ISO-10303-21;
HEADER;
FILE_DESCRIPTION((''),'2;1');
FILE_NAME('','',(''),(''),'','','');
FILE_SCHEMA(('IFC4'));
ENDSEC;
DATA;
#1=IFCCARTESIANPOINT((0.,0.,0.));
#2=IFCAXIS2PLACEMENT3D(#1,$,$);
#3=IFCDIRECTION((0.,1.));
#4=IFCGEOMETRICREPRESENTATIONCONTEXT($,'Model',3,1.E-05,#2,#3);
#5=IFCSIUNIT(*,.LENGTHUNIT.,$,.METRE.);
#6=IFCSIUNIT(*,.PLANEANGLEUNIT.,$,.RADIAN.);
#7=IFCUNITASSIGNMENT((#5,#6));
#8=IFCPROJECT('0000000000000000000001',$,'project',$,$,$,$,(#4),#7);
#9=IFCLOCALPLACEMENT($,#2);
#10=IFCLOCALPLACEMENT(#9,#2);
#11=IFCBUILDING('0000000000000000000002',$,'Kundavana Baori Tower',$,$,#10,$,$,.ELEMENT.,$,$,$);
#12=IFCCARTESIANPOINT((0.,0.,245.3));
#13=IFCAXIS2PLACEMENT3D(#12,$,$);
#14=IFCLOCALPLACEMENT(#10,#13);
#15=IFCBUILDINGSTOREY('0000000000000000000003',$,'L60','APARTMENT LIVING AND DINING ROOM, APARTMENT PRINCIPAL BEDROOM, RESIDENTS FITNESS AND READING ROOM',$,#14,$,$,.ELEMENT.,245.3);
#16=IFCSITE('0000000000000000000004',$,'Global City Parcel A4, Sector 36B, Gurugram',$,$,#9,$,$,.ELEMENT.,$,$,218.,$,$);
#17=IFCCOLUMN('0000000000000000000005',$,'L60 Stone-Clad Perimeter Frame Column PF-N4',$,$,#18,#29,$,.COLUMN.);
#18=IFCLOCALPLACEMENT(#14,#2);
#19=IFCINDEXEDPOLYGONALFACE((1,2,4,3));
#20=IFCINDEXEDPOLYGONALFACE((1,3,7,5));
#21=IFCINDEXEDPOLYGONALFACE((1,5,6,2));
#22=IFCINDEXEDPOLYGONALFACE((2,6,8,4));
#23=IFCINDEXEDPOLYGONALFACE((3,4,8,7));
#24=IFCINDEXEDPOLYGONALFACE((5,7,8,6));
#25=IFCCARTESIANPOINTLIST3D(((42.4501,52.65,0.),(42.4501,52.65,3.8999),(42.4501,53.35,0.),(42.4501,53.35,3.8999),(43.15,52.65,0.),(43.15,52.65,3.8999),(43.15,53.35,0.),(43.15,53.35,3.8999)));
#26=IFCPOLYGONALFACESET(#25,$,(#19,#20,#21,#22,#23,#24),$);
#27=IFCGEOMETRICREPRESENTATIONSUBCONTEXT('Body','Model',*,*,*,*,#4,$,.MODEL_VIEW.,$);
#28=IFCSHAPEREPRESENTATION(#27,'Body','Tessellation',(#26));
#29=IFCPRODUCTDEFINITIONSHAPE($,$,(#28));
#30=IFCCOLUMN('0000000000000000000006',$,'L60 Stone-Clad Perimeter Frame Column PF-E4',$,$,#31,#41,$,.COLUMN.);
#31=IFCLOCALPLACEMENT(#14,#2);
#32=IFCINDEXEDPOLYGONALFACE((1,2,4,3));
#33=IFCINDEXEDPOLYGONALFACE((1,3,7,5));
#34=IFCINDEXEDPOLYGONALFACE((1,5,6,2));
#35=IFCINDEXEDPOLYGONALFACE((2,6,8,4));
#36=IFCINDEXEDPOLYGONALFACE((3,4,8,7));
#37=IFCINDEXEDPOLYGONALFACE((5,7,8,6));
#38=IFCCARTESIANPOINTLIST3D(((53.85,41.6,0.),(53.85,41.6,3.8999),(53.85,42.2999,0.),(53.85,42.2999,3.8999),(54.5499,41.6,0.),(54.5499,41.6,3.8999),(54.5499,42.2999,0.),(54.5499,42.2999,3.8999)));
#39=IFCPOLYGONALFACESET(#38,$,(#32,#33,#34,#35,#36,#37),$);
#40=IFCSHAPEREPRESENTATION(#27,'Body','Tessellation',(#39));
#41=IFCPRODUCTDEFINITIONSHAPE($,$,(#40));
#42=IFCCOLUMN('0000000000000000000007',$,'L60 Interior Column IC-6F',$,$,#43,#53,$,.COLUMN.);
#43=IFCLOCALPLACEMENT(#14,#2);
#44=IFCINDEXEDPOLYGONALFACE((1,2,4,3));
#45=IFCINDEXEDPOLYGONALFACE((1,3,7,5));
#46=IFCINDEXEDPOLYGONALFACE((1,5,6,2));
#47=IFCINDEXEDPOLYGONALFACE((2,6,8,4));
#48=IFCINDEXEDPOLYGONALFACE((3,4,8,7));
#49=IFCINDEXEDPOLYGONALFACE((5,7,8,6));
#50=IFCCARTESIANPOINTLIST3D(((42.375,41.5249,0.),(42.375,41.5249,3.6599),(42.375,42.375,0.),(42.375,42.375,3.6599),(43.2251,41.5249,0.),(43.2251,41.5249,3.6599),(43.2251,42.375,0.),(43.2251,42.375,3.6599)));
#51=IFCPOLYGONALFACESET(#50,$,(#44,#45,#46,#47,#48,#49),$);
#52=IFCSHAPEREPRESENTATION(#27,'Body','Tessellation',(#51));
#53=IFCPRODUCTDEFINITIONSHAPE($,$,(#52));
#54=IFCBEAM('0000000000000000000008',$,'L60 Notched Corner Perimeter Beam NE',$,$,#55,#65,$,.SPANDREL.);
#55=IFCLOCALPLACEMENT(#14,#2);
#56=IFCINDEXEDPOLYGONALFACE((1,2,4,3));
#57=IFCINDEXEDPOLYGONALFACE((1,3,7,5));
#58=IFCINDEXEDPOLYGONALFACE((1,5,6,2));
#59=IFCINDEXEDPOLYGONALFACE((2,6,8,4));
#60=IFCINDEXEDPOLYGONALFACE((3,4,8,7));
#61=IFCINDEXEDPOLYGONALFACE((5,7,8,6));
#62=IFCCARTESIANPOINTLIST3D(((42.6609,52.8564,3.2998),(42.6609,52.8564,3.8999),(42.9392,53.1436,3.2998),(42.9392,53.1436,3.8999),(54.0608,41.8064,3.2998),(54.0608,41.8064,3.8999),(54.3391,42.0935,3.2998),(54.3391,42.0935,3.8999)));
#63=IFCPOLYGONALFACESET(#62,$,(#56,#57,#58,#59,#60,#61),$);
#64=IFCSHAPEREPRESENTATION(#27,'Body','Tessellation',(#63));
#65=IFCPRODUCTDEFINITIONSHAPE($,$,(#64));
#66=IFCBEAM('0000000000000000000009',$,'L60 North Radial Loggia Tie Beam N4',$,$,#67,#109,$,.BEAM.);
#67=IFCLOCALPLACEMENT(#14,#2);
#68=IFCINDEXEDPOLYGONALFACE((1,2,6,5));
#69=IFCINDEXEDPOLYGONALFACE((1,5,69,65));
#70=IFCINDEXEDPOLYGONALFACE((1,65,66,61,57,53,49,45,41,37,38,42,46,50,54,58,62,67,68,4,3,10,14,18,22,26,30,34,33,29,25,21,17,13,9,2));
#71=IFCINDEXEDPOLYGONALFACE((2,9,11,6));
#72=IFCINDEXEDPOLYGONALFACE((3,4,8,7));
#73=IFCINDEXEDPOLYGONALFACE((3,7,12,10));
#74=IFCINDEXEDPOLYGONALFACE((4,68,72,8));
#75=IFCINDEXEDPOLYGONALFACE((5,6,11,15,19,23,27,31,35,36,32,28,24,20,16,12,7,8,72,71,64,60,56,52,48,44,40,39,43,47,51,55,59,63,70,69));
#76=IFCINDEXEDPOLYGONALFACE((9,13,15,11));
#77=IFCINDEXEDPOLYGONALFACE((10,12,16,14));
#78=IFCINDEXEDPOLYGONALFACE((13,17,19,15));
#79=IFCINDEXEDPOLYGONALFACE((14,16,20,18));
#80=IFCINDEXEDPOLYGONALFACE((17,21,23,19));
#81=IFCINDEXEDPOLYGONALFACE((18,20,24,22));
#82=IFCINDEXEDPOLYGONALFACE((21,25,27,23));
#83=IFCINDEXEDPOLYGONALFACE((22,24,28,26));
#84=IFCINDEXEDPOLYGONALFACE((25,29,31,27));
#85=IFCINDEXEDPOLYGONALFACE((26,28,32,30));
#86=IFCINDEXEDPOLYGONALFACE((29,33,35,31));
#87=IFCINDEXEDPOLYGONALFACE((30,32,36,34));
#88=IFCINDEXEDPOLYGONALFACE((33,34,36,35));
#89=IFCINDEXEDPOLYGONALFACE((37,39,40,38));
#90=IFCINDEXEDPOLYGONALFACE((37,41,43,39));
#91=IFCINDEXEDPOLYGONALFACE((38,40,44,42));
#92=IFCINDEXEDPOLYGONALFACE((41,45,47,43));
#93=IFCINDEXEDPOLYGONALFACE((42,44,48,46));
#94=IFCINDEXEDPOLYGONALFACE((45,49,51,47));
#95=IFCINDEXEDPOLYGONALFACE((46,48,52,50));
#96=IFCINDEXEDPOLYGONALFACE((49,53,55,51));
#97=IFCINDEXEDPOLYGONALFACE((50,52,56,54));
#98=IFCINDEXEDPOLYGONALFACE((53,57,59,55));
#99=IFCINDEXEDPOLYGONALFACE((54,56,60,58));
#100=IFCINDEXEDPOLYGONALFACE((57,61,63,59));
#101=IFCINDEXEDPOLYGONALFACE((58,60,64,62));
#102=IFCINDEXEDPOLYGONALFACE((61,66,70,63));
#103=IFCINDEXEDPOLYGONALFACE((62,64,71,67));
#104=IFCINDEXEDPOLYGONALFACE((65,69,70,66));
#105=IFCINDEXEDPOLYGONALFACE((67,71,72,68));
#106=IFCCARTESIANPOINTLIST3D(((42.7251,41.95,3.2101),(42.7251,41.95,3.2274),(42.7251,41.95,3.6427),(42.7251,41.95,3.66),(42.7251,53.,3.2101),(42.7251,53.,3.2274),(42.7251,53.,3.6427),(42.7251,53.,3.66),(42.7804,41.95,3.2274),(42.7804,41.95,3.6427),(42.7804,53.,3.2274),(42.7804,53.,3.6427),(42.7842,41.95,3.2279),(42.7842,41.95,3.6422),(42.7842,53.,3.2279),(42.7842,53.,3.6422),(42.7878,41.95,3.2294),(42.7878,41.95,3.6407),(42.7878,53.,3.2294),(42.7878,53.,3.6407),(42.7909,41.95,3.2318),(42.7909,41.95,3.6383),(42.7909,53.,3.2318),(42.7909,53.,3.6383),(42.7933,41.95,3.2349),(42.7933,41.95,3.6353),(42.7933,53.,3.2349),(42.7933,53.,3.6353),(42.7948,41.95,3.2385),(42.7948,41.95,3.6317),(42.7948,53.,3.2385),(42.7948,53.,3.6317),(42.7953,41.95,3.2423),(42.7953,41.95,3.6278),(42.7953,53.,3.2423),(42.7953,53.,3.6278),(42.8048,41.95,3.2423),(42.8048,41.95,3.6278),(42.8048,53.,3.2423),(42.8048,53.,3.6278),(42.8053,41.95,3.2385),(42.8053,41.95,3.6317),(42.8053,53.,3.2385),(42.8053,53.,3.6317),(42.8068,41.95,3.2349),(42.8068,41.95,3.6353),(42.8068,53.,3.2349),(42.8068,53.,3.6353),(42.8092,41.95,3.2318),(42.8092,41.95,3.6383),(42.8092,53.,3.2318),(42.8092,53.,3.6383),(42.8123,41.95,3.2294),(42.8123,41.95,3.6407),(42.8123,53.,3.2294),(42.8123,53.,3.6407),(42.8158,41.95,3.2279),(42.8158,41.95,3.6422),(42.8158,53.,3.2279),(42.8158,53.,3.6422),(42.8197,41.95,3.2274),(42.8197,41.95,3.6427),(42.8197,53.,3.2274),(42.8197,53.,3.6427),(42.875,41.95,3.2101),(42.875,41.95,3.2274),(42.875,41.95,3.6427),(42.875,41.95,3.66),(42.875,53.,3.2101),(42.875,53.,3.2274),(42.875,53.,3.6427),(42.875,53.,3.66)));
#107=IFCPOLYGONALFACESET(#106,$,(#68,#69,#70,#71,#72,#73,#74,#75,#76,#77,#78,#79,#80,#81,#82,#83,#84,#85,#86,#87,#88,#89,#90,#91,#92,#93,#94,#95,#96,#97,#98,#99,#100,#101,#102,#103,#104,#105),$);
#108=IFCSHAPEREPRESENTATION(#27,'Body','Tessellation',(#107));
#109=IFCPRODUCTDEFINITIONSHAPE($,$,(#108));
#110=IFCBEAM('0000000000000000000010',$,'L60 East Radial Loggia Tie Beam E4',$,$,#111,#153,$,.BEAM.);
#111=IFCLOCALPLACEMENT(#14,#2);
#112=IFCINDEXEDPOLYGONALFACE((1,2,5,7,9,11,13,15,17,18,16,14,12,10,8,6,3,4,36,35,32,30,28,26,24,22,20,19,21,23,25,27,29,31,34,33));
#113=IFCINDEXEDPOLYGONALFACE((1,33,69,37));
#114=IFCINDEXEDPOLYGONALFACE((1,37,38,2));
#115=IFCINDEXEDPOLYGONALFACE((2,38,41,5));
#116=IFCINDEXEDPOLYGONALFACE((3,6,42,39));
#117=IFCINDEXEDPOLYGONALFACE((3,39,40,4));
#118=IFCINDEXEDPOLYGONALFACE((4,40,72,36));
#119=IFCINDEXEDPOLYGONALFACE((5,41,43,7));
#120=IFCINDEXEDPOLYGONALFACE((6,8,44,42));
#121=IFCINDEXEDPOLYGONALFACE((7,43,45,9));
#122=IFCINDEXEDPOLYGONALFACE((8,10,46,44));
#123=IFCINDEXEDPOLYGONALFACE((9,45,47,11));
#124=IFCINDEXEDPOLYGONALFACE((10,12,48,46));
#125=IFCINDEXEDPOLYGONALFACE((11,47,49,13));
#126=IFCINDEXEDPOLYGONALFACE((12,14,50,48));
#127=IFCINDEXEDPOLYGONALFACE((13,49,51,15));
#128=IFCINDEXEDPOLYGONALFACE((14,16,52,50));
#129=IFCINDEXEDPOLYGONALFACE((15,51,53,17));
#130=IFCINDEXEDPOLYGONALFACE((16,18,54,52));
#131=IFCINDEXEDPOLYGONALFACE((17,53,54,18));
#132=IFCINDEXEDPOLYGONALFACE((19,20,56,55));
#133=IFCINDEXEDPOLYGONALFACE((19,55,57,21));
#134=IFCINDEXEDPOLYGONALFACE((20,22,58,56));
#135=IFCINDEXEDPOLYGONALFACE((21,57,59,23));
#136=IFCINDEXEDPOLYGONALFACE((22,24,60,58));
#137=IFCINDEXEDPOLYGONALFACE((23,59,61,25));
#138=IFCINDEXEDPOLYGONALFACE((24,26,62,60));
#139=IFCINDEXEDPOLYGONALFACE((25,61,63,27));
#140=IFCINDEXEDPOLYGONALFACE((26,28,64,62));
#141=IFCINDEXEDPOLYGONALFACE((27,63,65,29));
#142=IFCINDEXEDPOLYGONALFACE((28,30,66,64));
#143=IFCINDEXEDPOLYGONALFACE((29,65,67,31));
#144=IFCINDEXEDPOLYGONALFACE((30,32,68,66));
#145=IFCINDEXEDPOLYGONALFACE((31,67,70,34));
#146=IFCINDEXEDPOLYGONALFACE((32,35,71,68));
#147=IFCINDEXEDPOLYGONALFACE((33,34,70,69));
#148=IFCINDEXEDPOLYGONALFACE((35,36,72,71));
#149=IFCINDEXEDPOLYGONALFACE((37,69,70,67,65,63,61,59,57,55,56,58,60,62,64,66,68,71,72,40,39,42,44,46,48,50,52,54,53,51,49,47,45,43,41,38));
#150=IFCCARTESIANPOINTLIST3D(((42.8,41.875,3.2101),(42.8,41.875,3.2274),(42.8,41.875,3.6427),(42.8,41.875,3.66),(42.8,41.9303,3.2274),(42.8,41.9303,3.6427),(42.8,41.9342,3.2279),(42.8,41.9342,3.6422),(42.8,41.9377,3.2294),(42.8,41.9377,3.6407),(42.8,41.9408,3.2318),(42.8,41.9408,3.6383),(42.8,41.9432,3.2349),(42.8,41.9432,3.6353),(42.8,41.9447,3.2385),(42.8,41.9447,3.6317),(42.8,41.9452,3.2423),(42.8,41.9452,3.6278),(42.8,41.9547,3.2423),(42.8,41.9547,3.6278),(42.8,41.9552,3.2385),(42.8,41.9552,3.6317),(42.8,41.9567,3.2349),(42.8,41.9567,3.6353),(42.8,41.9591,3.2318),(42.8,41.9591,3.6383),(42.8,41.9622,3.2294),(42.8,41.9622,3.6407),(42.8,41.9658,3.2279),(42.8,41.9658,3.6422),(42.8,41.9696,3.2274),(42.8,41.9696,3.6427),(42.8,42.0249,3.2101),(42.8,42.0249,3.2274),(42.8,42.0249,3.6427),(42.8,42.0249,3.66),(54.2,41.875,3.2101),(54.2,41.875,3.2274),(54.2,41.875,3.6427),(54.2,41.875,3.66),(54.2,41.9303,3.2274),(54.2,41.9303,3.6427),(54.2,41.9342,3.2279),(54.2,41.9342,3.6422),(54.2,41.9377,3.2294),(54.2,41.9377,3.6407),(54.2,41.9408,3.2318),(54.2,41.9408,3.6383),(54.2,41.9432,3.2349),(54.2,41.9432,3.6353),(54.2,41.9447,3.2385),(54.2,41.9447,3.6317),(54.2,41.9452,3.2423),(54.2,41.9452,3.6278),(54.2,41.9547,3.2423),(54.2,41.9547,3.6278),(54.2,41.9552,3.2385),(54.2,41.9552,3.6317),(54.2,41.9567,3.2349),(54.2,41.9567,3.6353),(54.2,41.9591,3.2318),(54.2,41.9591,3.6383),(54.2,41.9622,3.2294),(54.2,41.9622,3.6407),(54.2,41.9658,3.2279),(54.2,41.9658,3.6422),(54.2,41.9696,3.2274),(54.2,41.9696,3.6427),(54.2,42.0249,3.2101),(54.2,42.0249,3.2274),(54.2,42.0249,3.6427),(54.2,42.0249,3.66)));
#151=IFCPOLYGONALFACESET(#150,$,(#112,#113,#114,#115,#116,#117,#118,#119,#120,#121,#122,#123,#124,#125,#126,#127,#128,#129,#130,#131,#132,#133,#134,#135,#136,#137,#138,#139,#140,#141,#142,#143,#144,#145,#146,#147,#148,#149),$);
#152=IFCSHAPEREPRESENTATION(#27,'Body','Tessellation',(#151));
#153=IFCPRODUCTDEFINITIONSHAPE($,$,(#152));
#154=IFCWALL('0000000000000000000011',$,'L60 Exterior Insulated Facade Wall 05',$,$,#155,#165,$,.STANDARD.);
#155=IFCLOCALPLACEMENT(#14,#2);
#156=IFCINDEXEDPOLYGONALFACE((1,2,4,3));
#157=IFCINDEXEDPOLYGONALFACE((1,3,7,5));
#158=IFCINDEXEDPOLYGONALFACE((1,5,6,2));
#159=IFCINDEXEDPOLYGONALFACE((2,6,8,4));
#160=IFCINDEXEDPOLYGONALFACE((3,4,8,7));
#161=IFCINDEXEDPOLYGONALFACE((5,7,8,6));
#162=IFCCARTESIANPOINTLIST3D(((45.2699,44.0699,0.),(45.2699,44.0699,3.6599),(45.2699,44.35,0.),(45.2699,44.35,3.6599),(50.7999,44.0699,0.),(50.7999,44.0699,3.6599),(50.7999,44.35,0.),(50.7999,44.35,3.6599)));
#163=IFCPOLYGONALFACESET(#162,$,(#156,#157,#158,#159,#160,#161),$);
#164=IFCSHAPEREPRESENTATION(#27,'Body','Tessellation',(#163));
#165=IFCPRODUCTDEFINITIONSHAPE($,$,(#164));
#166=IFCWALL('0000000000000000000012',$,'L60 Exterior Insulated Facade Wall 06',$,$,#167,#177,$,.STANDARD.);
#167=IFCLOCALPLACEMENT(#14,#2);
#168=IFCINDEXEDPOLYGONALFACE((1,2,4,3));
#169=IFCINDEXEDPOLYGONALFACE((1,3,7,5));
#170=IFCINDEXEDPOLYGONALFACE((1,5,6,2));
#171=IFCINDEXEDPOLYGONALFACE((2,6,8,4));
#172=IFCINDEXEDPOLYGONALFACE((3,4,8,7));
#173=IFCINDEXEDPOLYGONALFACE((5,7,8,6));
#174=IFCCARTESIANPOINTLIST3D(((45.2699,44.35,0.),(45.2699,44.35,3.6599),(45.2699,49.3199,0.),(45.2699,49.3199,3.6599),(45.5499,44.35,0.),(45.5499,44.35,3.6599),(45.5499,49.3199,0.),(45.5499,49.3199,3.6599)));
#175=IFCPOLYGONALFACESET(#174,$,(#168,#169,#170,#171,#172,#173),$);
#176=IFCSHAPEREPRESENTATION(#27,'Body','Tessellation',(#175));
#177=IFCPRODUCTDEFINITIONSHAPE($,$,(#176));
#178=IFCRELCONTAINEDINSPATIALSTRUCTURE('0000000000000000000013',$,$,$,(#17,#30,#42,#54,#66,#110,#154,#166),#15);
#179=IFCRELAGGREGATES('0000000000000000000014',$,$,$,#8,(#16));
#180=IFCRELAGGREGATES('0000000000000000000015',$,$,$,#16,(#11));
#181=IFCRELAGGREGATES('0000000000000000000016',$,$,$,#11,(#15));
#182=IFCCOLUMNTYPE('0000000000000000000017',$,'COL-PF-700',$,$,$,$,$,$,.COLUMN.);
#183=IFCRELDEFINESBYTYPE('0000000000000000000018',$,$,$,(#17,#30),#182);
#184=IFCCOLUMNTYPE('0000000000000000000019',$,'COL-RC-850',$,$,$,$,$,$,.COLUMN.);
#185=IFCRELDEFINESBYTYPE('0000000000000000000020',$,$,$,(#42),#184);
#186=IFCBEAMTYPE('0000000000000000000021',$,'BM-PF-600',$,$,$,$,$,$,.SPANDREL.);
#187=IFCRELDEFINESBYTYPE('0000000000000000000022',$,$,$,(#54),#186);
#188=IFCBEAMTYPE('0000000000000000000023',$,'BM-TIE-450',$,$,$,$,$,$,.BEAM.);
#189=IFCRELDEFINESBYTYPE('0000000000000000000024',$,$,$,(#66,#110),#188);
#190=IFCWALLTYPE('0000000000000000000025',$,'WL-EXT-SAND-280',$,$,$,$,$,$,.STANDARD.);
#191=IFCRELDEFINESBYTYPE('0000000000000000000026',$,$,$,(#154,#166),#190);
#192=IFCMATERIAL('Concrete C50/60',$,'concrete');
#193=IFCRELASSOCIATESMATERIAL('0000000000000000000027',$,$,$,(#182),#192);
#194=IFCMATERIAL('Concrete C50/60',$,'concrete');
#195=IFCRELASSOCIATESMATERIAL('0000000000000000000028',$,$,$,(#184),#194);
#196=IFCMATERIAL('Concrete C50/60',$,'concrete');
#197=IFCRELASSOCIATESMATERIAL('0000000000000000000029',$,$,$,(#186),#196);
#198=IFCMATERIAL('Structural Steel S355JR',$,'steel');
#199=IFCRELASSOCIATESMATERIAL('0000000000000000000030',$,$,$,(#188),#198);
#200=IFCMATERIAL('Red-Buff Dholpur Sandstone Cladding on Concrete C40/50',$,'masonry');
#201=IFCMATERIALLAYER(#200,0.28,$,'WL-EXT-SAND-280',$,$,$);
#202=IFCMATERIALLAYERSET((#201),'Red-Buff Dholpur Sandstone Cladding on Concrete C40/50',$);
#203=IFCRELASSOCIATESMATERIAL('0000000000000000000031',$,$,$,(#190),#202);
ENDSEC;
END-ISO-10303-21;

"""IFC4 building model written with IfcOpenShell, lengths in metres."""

from ifc_helpers import new_model, si_unit, direction, frame, frame_2d, origin, origin_2d, place, context, subcontext, project, spatial, rectangle, i_section, extrude, material, layer, layer_set, material_profile, profile_set, type_object, element, save


model = new_model("IFC4")

# Units and contexts
model_context = context("Model", 3, precision=1e-05, world=origin(), true_north=direction((0.0, 1.0)))
body_context = subcontext(model_context, "Body", "Model", "MODEL_VIEW")
ifc_project = project(units=[si_unit("LENGTHUNIT", "METRE"), si_unit("PLANEANGLEUNIT", "RADIAN")], contexts=[model_context])

# Site, building, storey
site_placement = place(None, origin())
site = spatial("IfcSite", under=ifc_project, at=site_placement, Name="Global City Parcel A4, Sector 36B, Gurugram", CompositionType="ELEMENT", RefElevation=218.0)
building_placement = place(site_placement, origin())
building = spatial("IfcBuilding", under=site, at=building_placement, Name="Kundavana Baori Tower", CompositionType="ELEMENT")
storey_placement = place(building_placement, frame((0.0, 0.0, 245.3)))
storey = spatial("IfcBuildingStorey", under=building, at=storey_placement, Name="L60", Description="APARTMENT LIVING AND DINING ROOM, APARTMENT PRINCIPAL BEDROOM, RESIDENTS FITNESS AND READING ROOM", CompositionType="ELEMENT", Elevation=245.3)

# Columns
ifc_material_1 = material(Name="Concrete C50/60", Category="concrete")
ifc_material_profile_1 = material_profile(ifc_material_1, rectangle(XDim=0.7, YDim=0.7, at=origin_2d()), Name="RC PF 700x700")
ifc_profile_set_1 = profile_set([ifc_material_profile_1], Name="Concrete C50/60")
column_type_1 = type_object("IfcColumnType", Name="COL-PF-700", PredefinedType="COLUMN", material=ifc_profile_set_1)
for number, where, z_axis, x_axis, name in (
    (1, (42.8, 53.0, 0.0), (0.0, 0.0, 1.0), (1.0, 0.0, 0.0), "L60 Stone-Clad Perimeter Frame Column PF-N4"),
    (2, (54.2, 41.95, 0.0), (0.0, 0.0, 1.0), (1.0, 0.0, 0.0), "L60 Stone-Clad Perimeter Frame Column PF-E4"),
):
    element("IfcColumn", number, at=place(storey_placement, frame(where, z_axis=z_axis, x_axis=x_axis)), inside=storey, type_object=column_type_1, Name=name, PredefinedType="COLUMN", context=body_context, shape_type="SweptSolid", body=[
        extrude(rectangle(XDim=0.7, YDim=0.7, at=origin_2d()), origin(), (0.0, 0.0, 1.0), 3.8999),
    ])
ifc_material_2 = material(Name="Concrete C50/60", Category="concrete")
ifc_material_profile_2 = material_profile(ifc_material_2, rectangle(XDim=0.8501, YDim=0.8501, at=origin_2d()), Name="RC 850x850")
ifc_profile_set_2 = profile_set([ifc_material_profile_2], Name="Concrete C50/60")
column_type_2 = type_object("IfcColumnType", Name="COL-RC-850", PredefinedType="COLUMN", material=ifc_profile_set_2)
column_placement = place(storey_placement, frame((42.8, 41.95, 0.0), z_axis=(0.0, 0.0, 1.0), x_axis=(1.0, 0.0, 0.0)))
element("IfcColumn", 3, at=column_placement, inside=storey, type_object=column_type_2, Name="L60 Interior Column IC-6F", PredefinedType="COLUMN", context=body_context, shape_type="SweptSolid", body=[
    extrude(rectangle(XDim=0.8501, YDim=0.8501, at=origin_2d()), origin(), (0.0, 0.0, 1.0), 3.6599),
])

# Beams
ifc_material_3 = material(Name="Concrete C50/60", Category="concrete")
ifc_material_profile_3 = material_profile(ifc_material_3, rectangle(XDim=0.3999, YDim=0.6001, at=origin_2d()), Name="RC BM 400x600")
ifc_profile_set_3 = profile_set([ifc_material_profile_3], Name="Concrete C50/60")
beam_type_1 = type_object("IfcBeamType", Name="BM-PF-600", PredefinedType="SPANDREL", material=ifc_profile_set_3)
beam_1_placement = place(storey_placement, frame((42.8, 53.0, 3.5999), z_axis=(0.718039, -0.696003, 0.0), x_axis=(0.696003, 0.718039, 0.0)))
element("IfcBeam", 4, at=beam_1_placement, inside=storey, type_object=beam_type_1, Name="L60 Notched Corner Perimeter Beam NE", PredefinedType="SPANDREL", context=body_context, shape_type="SweptSolid", body=[
    extrude(rectangle(XDim=0.3999, YDim=0.6001, at=origin_2d()), origin(), (0.0, 0.0, 1.0), 15.8765),
])
ifc_material_4 = material(Name="Structural Steel S355JR", Category="steel")
ifc_material_profile_4 = material_profile(ifc_material_4, i_section(OverallWidth=0.1499, OverallDepth=0.45, WebThickness=0.0095, FlangeThickness=0.0173, FilletRadius=0.0149, at=origin_2d()), Name="ISMB 450")
ifc_profile_set_4 = profile_set([ifc_material_profile_4], Name="Structural Steel S355JR")
beam_type_2 = type_object("IfcBeamType", Name="BM-TIE-450", PredefinedType="BEAM", material=ifc_profile_set_4)
beam_2_placement = place(storey_placement, frame((42.8, 41.95, 3.4351), z_axis=(0.0, 1.0, 0.0), x_axis=(-1.0, 0.0, 0.0)))
element("IfcBeam", 5, at=beam_2_placement, inside=storey, type_object=beam_type_2, Name="L60 North Radial Loggia Tie Beam N4", PredefinedType="BEAM", context=body_context, shape_type="SweptSolid", body=[
    extrude(i_section(OverallWidth=0.1499, OverallDepth=0.45, WebThickness=0.0095, FlangeThickness=0.0173, FilletRadius=0.0149, at=origin_2d()), origin(), (0.0, 0.0, 1.0), 11.05),
])
beam_3_placement = place(storey_placement, frame((42.8, 41.95, 3.4351), z_axis=(1.0, 0.0, 0.0), x_axis=(0.0, 1.0, 0.0)))
element("IfcBeam", 6, at=beam_3_placement, inside=storey, type_object=beam_type_2, Name="L60 East Radial Loggia Tie Beam E4", PredefinedType="BEAM", context=body_context, shape_type="SweptSolid", body=[
    extrude(i_section(OverallWidth=0.1499, OverallDepth=0.45, WebThickness=0.0095, FlangeThickness=0.0173, FilletRadius=0.0149, at=origin_2d()), origin(), (0.0, 0.0, 1.0), 11.3999),
])

# Walls
ifc_material_5 = material(Name="Red-Buff Dholpur Sandstone Cladding on Concrete C40/50", Category="masonry")
ifc_layer_1 = layer(ifc_material_5, 0.28, Name="WL-EXT-SAND-280")
ifc_layer_set_1 = layer_set([ifc_layer_1], Name="Red-Buff Dholpur Sandstone Cladding on Concrete C40/50")
wall_type_1 = type_object("IfcWallType", Name="WL-EXT-SAND-280", PredefinedType="STANDARD", material=ifc_layer_set_1)
wall_1_placement = place(storey_placement, frame((50.8, 44.21, 0.0), z_axis=(0.0, 0.0, 1.0), x_axis=(-1.0, 0.0, 0.0)))
element("IfcWall", 7, at=wall_1_placement, inside=storey, type_object=wall_type_1, Name="L60 Exterior Insulated Facade Wall 05", PredefinedType="STANDARD", context=body_context, shape_type="SweptSolid", body=[
    extrude(rectangle(XDim=5.53, YDim=0.28, at=frame_2d((2.7651, 0.0))), origin(), (0.0, 0.0, 1.0), 3.6599),
])
wall_2_placement = place(storey_placement, frame((45.4099, 44.3501, 0.0), z_axis=(0.0, 0.0, 1.0), x_axis=(0.0, 1.0, 0.0)))
element("IfcWall", 8, at=wall_2_placement, inside=storey, type_object=wall_type_1, Name="L60 Exterior Insulated Facade Wall 06", PredefinedType="STANDARD", context=body_context, shape_type="SweptSolid", body=[
    extrude(rectangle(XDim=4.97, YDim=0.28, at=frame_2d((2.4849, 0.0))), origin(), (0.0, 0.0, 1.0), 3.6599),
])

save(model, "model.ifc")
